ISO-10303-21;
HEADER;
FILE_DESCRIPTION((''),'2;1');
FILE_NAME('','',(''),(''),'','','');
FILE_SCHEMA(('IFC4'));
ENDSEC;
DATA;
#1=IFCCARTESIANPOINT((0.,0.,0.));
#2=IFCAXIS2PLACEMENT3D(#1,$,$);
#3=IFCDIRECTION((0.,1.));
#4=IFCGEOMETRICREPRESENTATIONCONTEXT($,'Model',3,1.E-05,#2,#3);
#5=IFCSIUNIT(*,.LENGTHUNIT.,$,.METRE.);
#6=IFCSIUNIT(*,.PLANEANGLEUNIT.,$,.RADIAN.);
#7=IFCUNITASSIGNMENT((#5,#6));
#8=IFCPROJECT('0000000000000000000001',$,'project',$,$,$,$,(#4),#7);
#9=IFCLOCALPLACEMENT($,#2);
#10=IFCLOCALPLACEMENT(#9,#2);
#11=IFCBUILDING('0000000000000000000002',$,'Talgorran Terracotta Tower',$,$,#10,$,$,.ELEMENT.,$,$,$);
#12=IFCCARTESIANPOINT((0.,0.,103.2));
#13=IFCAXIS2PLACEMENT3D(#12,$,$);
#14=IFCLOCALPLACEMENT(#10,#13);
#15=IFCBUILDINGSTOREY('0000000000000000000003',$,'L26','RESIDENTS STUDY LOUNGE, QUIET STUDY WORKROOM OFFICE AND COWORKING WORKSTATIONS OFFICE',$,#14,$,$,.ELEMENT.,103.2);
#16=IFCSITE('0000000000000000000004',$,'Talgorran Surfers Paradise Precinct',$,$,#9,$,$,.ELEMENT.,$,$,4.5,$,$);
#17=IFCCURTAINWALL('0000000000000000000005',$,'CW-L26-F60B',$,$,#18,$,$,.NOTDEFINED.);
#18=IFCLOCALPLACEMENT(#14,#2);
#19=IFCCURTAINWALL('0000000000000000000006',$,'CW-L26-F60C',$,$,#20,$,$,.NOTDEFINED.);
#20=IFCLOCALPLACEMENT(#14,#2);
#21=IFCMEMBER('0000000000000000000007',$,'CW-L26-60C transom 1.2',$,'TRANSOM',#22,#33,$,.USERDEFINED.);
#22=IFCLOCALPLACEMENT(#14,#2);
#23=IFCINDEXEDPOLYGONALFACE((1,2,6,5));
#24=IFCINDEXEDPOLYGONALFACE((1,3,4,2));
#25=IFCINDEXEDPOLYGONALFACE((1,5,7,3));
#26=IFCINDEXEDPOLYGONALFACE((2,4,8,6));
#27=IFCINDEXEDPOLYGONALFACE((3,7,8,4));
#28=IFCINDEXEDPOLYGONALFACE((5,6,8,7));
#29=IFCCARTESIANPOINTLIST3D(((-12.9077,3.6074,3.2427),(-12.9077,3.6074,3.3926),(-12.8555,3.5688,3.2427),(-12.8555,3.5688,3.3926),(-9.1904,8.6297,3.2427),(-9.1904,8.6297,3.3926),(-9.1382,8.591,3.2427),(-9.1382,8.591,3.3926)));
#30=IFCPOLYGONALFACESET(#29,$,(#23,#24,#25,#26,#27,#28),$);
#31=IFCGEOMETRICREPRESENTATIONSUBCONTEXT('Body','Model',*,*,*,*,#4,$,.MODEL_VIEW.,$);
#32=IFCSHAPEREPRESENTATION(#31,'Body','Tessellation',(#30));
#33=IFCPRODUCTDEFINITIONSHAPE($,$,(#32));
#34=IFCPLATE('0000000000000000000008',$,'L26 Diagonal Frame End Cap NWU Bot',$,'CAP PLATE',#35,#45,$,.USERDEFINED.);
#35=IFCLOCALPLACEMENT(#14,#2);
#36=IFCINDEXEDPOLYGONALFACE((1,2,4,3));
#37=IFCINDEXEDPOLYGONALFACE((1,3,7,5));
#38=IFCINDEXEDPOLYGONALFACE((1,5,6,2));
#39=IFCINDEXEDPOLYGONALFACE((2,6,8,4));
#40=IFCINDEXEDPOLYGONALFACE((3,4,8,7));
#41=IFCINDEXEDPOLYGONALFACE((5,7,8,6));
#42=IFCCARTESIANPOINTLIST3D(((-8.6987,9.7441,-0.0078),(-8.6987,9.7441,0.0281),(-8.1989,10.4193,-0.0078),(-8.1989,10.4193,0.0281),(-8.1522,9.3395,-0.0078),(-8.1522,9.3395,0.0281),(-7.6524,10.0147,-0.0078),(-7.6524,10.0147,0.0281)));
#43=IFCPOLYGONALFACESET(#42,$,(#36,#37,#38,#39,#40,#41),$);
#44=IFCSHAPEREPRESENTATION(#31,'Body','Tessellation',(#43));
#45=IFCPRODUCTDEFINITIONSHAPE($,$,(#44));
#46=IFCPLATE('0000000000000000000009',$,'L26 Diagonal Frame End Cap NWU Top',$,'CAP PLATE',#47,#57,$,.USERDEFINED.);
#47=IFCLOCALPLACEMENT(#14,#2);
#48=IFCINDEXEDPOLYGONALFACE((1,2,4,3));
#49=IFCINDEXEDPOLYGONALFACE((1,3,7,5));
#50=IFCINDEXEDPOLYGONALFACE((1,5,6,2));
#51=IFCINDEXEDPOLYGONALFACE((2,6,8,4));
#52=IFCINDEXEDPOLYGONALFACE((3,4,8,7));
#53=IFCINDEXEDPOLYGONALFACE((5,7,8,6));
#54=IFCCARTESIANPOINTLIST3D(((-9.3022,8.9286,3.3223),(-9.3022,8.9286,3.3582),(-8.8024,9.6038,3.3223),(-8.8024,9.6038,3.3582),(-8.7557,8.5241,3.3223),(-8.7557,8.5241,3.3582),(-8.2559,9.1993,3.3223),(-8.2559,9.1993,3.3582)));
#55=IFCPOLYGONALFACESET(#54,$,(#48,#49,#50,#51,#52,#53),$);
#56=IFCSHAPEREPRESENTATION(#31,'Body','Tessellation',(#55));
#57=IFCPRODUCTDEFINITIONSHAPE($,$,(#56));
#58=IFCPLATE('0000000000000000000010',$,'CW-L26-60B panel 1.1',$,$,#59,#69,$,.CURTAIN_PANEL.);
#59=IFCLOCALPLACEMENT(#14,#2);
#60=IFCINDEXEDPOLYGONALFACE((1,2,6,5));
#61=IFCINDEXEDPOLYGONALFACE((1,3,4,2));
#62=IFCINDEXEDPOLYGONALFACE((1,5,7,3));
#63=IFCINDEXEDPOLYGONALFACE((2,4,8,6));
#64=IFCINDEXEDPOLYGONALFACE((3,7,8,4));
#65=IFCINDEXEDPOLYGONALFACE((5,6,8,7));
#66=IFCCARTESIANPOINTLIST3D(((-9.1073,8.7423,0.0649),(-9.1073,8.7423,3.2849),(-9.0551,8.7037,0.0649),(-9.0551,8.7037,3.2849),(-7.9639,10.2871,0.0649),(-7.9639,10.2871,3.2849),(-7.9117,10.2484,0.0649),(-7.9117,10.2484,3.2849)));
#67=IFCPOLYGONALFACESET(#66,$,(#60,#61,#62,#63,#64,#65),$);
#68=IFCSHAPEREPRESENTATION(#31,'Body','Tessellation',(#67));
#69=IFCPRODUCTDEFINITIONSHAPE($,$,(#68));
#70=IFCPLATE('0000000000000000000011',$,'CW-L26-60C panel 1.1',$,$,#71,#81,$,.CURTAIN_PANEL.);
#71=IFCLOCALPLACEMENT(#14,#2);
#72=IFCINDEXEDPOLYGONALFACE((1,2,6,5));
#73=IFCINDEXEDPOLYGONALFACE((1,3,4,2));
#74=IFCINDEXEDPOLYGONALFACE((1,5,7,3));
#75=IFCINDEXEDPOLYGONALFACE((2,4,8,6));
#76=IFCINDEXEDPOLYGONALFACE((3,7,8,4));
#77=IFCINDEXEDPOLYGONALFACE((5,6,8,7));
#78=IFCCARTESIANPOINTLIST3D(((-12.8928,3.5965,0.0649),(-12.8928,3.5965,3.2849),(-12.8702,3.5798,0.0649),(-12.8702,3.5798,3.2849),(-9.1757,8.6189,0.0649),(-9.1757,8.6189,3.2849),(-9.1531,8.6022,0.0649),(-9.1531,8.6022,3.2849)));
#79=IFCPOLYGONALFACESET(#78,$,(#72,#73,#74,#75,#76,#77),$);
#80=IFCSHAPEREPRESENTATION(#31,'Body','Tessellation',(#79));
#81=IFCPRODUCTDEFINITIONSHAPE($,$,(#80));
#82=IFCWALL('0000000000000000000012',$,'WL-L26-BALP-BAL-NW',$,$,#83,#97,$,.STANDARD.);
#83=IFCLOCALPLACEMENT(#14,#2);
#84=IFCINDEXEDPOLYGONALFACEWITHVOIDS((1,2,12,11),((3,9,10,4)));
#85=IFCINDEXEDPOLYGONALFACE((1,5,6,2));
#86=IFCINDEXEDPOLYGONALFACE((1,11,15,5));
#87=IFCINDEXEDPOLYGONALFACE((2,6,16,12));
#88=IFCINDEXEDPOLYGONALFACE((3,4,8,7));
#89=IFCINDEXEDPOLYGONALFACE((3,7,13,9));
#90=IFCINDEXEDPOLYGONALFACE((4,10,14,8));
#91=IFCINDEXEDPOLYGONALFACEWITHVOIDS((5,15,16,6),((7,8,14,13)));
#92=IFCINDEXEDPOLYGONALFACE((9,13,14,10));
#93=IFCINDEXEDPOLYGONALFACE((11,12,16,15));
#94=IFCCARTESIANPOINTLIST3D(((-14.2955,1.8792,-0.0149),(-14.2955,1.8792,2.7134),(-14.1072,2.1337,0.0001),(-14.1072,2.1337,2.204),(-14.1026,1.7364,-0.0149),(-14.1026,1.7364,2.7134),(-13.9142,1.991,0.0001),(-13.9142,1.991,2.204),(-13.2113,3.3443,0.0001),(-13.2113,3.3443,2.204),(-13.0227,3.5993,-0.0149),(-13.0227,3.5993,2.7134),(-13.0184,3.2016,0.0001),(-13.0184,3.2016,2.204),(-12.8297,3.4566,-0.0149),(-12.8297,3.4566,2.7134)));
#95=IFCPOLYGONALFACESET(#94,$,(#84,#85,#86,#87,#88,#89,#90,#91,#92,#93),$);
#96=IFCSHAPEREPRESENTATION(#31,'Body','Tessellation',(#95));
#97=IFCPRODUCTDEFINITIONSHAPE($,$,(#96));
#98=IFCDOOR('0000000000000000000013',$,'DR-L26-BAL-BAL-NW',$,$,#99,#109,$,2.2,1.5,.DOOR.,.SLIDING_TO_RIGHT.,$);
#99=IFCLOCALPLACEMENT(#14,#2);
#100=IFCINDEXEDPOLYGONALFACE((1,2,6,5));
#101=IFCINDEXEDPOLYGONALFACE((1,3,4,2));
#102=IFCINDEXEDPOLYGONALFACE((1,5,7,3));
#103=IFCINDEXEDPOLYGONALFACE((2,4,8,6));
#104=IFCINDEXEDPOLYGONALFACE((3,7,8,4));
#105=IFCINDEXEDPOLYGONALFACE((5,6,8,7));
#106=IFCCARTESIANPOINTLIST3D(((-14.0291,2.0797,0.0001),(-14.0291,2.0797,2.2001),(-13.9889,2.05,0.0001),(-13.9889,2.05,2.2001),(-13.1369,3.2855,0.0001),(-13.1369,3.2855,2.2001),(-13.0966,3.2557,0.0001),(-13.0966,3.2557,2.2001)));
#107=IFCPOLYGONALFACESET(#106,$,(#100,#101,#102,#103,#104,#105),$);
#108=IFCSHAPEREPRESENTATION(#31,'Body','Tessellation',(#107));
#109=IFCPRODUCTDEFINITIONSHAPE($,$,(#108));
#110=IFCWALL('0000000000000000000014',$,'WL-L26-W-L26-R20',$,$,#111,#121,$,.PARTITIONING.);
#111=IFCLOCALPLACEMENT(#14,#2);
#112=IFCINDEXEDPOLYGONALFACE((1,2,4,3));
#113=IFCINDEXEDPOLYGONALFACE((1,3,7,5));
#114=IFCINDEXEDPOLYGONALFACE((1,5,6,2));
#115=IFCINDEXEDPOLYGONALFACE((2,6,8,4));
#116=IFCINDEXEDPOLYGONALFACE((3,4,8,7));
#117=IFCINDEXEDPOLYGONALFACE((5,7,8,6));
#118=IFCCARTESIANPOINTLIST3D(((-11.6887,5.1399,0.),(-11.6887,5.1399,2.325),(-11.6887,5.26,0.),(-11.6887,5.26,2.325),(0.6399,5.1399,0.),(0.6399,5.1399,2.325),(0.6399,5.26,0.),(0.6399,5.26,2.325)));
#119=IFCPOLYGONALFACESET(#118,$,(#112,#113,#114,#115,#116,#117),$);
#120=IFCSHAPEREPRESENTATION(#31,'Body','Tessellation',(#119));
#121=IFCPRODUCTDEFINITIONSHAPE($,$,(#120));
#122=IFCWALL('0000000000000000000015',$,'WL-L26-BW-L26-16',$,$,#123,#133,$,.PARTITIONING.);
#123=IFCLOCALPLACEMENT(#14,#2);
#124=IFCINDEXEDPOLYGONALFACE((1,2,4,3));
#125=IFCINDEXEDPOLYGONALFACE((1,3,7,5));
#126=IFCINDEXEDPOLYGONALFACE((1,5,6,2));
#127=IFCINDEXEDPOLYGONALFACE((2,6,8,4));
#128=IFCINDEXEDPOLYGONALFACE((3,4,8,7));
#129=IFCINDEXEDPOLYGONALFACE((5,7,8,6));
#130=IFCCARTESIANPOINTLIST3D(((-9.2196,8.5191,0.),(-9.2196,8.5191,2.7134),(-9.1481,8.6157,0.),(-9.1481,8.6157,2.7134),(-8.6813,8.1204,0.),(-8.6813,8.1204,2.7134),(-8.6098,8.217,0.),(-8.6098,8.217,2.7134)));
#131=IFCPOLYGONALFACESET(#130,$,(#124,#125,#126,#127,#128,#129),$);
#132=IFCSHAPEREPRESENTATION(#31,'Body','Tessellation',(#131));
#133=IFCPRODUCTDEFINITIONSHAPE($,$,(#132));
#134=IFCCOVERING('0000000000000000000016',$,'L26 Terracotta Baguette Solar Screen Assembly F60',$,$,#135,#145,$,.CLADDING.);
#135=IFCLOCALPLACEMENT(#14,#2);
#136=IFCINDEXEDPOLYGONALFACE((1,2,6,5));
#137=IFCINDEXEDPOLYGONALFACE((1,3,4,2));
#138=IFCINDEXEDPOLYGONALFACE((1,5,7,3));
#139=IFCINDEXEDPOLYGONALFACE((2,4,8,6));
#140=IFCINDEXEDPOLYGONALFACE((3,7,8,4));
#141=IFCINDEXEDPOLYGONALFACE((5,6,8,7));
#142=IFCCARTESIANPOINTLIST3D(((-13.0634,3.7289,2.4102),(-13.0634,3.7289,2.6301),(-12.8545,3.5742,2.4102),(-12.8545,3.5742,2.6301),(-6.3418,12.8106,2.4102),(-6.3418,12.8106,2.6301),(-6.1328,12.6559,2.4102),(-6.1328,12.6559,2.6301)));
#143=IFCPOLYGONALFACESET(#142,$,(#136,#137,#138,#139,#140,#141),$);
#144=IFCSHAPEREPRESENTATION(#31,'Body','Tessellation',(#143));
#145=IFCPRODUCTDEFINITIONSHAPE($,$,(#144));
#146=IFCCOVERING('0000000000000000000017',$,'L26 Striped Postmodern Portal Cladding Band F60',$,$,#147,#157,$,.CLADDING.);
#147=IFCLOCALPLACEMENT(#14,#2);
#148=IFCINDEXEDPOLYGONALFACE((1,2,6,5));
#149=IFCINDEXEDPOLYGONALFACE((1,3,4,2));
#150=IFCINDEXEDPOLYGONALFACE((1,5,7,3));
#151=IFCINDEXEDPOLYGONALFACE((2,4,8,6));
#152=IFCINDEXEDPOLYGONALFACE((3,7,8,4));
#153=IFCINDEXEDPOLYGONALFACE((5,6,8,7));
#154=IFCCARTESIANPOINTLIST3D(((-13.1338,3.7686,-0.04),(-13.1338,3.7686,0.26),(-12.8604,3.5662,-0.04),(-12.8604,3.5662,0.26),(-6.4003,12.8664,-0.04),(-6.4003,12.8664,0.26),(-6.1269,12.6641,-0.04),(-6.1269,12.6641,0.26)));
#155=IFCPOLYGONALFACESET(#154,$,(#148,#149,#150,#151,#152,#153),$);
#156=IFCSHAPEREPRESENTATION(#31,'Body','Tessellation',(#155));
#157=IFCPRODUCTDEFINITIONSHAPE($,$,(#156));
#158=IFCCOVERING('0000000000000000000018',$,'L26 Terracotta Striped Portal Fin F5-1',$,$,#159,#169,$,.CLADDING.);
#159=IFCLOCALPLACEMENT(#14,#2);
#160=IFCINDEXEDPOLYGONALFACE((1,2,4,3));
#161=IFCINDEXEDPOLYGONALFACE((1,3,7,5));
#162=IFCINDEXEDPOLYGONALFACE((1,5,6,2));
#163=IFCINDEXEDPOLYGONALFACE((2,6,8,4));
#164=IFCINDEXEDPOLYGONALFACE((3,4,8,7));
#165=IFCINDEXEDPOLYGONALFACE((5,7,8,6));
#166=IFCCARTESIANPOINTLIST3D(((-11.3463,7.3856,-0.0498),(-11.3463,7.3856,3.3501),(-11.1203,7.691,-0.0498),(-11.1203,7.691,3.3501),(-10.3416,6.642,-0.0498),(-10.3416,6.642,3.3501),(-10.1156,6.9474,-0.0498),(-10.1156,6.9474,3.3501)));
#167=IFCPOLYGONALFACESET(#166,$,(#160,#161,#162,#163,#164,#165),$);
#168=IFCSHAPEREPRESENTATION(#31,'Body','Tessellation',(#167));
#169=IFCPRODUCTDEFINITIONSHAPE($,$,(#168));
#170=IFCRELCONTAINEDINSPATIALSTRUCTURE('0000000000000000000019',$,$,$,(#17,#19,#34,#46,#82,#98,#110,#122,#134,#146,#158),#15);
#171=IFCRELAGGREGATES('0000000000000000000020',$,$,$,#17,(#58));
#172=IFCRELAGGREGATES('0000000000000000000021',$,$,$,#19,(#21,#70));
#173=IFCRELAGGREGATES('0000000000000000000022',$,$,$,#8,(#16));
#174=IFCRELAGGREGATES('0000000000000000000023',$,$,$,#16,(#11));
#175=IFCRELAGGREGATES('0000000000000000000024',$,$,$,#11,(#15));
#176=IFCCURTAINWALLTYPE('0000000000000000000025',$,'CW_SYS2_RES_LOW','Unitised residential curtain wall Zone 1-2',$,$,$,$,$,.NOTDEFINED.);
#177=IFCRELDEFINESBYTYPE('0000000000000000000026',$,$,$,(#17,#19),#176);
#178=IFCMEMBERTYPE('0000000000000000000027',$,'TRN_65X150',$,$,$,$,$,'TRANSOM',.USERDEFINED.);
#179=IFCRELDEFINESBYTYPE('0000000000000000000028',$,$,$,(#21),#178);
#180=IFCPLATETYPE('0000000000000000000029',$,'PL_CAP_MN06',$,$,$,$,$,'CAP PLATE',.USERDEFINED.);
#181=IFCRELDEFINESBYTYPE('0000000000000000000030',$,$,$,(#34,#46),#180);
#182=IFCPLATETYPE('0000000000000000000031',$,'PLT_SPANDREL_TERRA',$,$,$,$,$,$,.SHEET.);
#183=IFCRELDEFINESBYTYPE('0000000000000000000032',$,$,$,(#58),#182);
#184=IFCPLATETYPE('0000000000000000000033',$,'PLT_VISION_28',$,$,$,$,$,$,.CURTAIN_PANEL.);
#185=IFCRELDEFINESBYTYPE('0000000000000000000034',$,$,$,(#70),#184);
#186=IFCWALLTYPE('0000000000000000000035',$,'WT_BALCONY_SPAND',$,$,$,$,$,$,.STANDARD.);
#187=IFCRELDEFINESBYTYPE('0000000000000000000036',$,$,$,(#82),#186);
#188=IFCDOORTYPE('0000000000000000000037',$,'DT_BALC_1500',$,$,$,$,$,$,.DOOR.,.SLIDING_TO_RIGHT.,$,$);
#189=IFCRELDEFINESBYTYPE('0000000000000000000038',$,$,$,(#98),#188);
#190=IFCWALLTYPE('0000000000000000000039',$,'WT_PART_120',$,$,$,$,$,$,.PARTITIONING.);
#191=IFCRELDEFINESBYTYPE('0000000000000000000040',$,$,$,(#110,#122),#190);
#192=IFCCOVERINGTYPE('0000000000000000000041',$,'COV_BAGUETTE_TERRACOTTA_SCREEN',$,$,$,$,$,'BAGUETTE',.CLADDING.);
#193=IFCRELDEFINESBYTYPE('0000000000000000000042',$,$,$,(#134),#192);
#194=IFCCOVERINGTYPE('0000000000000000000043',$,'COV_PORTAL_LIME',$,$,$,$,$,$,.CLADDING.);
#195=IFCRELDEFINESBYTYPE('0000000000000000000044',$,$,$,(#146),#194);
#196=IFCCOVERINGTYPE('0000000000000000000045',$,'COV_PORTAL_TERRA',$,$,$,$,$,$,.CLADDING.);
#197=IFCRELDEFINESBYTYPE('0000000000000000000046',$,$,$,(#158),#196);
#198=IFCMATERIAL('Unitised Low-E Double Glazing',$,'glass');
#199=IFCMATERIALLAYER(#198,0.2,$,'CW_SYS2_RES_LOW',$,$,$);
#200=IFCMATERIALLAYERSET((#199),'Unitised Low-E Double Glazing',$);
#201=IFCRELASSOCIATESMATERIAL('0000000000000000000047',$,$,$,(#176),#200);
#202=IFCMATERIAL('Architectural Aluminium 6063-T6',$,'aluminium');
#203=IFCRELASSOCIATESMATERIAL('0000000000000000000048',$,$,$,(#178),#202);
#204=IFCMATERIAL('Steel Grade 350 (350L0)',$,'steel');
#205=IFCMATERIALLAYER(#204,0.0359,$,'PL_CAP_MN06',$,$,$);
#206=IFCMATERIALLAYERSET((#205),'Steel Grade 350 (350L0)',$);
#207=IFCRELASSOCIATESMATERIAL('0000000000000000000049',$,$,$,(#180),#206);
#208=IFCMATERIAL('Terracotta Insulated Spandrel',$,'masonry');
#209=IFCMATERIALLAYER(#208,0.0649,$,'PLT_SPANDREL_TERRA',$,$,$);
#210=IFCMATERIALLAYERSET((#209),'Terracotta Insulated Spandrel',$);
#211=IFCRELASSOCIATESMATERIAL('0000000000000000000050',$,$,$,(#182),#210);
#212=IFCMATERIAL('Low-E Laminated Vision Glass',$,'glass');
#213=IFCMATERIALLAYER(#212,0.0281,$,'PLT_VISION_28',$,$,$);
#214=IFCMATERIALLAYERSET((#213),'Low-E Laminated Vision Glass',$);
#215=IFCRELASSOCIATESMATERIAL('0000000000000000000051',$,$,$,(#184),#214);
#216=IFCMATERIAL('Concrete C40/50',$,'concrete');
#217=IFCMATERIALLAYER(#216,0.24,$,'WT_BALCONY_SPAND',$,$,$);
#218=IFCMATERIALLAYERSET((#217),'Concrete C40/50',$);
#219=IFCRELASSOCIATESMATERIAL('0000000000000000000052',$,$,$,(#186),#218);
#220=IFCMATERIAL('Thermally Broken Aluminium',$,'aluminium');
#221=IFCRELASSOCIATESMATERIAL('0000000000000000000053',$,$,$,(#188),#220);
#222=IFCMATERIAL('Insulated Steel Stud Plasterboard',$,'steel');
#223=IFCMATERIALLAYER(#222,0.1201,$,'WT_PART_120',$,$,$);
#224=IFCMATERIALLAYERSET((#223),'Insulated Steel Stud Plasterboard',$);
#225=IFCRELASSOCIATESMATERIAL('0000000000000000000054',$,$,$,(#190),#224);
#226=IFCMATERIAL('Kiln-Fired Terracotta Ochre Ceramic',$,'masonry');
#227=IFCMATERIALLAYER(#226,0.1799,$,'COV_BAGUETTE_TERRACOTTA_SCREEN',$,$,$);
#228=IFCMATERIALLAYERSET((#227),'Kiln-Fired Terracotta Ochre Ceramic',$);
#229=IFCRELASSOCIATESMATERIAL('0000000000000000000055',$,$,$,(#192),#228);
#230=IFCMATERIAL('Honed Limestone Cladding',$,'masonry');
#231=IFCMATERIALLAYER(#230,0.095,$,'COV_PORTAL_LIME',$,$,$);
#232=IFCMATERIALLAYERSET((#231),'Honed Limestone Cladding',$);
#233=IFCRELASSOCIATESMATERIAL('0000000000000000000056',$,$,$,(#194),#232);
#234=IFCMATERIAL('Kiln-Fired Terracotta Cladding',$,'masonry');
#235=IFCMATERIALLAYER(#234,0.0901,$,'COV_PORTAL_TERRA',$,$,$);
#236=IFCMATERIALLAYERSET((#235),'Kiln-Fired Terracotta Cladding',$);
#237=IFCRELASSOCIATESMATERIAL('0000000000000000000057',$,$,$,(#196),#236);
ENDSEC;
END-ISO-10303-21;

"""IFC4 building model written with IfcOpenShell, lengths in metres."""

from ifc_helpers import new_model, si_unit, direction, frame, frame_2d, origin, origin_2d, place, context, subcontext, project, spatial, rectangle, extrude, source, transform, mapped, material, layer, layer_set, material_profile, profile_set, type_object, type_shapes, element, fill, aggregate, save


model = new_model("IFC4")

# Units and contexts
model_context = context("Model", 3, precision=1e-05, world=origin(), true_north=direction((0.0, 1.0)))
body_context = subcontext(model_context, "Body", "Model", "MODEL_VIEW")
ifc_project = project(units=[si_unit("LENGTHUNIT", "METRE"), si_unit("PLANEANGLEUNIT", "RADIAN")], contexts=[model_context])

# Site, building, storey
site_placement = place(None, origin())
site = spatial("IfcSite", under=ifc_project, at=site_placement, Name="Talgorran Surfers Paradise Precinct", CompositionType="ELEMENT", RefElevation=4.5)
building_placement = place(site_placement, origin())
building = spatial("IfcBuilding", under=site, at=building_placement, Name="Talgorran Terracotta Tower", CompositionType="ELEMENT")
storey_placement = place(building_placement, frame((0.0, 0.0, 103.2)))
storey = spatial("IfcBuildingStorey", under=building, at=storey_placement, Name="L26", Description="RESIDENTS STUDY LOUNGE, QUIET STUDY WORKROOM OFFICE AND COWORKING WORKSTATIONS OFFICE", CompositionType="ELEMENT", Elevation=103.2)

# Shared definitions
ifc_material_1 = material(Name="Steel Grade 350 (350L0)", Category="steel")

# Curtain wall
ifc_material_2 = material(Name="Unitised Low-E Double Glazing", Category="glass")
ifc_layer_1 = layer(ifc_material_2, 0.2, Name="CW_SYS2_RES_LOW")
ifc_layer_set_1 = layer_set([ifc_layer_1], Name="Unitised Low-E Double Glazing")
curtain_wall_type = type_object("IfcCurtainWallType", Name="CW_SYS2_RES_LOW", Description="Unitised residential curtain wall Zone 1-2", PredefinedType="NOTDEFINED", material=ifc_layer_set_1)
curtain_wall_1_placement = place(storey_placement, origin())
curtain_wall_1 = element("IfcCurtainWall", 1, at=curtain_wall_1_placement, inside=storey, type_object=curtain_wall_type, Name="CW-L26-F60B", PredefinedType="NOTDEFINED")
ifc_material_3 = material(Name="Architectural Aluminium 6063-T6", Category="aluminium")

# Curtain wall
curtain_wall_2_placement = place(storey_placement, origin())
curtain_wall_2 = element("IfcCurtainWall", 2, at=curtain_wall_2_placement, inside=storey, type_object=curtain_wall_type, Name="CW-L26-F60C", PredefinedType="NOTDEFINED")

# Member
ifc_material_profile_1 = material_profile(ifc_material_3, rectangle(XDim=0.0649, YDim=0.1499, at=origin_2d()), Name="CWT65X150")
ifc_profile_set_1 = profile_set([ifc_material_profile_1], Name="Architectural Aluminium 6063-T6")
member_type_1 = type_object("IfcMemberType", Name="TRN_65X150", ElementType="TRANSOM", PredefinedType="USERDEFINED", material=ifc_profile_set_1)
member_1_placement = place(storey_placement, frame((-9.1643, 8.6104, 3.3176), z_axis=(-0.59493, -0.803777, 0.0), x_axis=(0.803777, -0.59493, 0.0)))
member_1 = element("IfcMember", 3, at=member_1_placement, type_object=member_type_1, Name="CW-L26-60C transom 1.2", ObjectType="TRANSOM", PredefinedType="USERDEFINED", context=body_context, shape_type="SweptSolid", body=[
    extrude(rectangle(XDim=0.0649, YDim=0.1499, at=origin_2d()), origin(), (0.0, 0.0, 1.0), 6.2483),
])

# Plates
ifc_layer_2 = layer(ifc_material_1, 0.0359, Name="PL_CAP_MN06")
ifc_layer_set_2 = layer_set([ifc_layer_2], Name="Steel Grade 350 (350L0)")
plate_type_1 = type_object("IfcPlateType", Name="PL_CAP_MN06", ElementType="CAP PLATE", PredefinedType="USERDEFINED", material=ifc_layer_set_2)
for number, where, z_axis, x_axis, name in (
    (4, (-8.1755, 9.8794, -0.0078), (0.0, 0.0, 1.0), (-0.594963, -0.803753, 0.0), "L26 Diagonal Frame End Cap NWU Bot"),
    (5, (-8.7791, 9.064, 3.3223), (0.0, 0.0, 1.0), (-0.594963, -0.803753, 0.0), "L26 Diagonal Frame End Cap NWU Top"),
):
    element("IfcPlate", number, at=place(storey_placement, frame(where, z_axis=z_axis, x_axis=x_axis)), inside=storey, type_object=plate_type_1, Name=name, ObjectType="CAP PLATE", PredefinedType="USERDEFINED", context=body_context, shape_type="SweptSolid", body=[
        extrude(rectangle(XDim=0.8401, YDim=0.6799, at=origin_2d()), origin(), (0.0, 0.0, 1.0), 0.0359),
    ])

# Plates
ifc_material_4 = material(Name="Terracotta Insulated Spandrel", Category="masonry")
ifc_layer_3 = layer(ifc_material_4, 0.0649, Name="PLT_SPANDREL_TERRA")
ifc_layer_set_3 = layer_set([ifc_layer_3], Name="Terracotta Insulated Spandrel")
plate_type_2 = type_object("IfcPlateType", Name="PLT_SPANDREL_TERRA", PredefinedType="SHEET", material=ifc_layer_set_3)
shared_shape_1 = source(origin(), body_context, "Body", "SweptSolid", [
    extrude(rectangle(XDim=1.9219, YDim=0.0649, at=origin_2d()), origin(), (0.0, 0.0, 1.0), 3.22),
])
type_shapes(plate_type_2, [shared_shape_1])
plate_1_placement = place(storey_placement, frame((-8.5095, 9.4954, 0.0649), z_axis=(0.0, 0.0, 1.0), x_axis=(-0.594912, -0.803791, 0.0)))
plate_1 = element("IfcPlate", 6, at=plate_1_placement, type_object=plate_type_2, Name="CW-L26-60B panel 1.1", PredefinedType="CURTAIN_PANEL", context=body_context, shape_type="MappedRepresentation", body=[
    mapped(shared_shape_1, transform((0.0, 0.0, 0.0), scale=1.0)),
])
aggregate(curtain_wall_1, [plate_1])
ifc_material_5 = material(Name="Low-E Laminated Vision Glass", Category="glass")
ifc_layer_4 = layer(ifc_material_5, 0.0281, Name="PLT_VISION_28")
ifc_layer_set_4 = layer_set([ifc_layer_4], Name="Low-E Laminated Vision Glass")
plate_type_3 = type_object("IfcPlateType", Name="PLT_VISION_28", PredefinedType="CURTAIN_PANEL", material=ifc_layer_set_4)
shared_shape_2 = source(origin(), body_context, "Body", "SweptSolid", [
    extrude(rectangle(XDim=6.2483, YDim=0.0281, at=origin_2d()), origin(), (0.0, 0.0, 1.0), 3.22),
])
type_shapes(plate_type_3, [shared_shape_2])
plate_2_placement = place(storey_placement, frame((-11.0229, 6.0994, 0.0649), z_axis=(0.0, 0.0, 1.0), x_axis=(-0.594903, -0.803797, 0.0)))
plate_2 = element("IfcPlate", 7, at=plate_2_placement, type_object=plate_type_3, Name="CW-L26-60C panel 1.1", PredefinedType="CURTAIN_PANEL", context=body_context, shape_type="MappedRepresentation", body=[
    mapped(shared_shape_2, transform((0.0, 0.0, 0.0), scale=1.0)),
])
aggregate(curtain_wall_2, [member_1, plate_2])

# Wall, opening, door
ifc_material_6 = material(Name="Concrete C40/50", Category="concrete")
ifc_layer_5 = layer(ifc_material_6, 0.24, Name="WT_BALCONY_SPAND")
ifc_layer_set_5 = layer_set([ifc_layer_5], Name="Concrete C40/50")
wall_type_1 = type_object("IfcWallType", Name="WT_BALCONY_SPAND", PredefinedType="STANDARD", material=ifc_layer_set_5)
wall_1_placement = place(storey_placement, frame((-12.9263, 3.5278, -0.0149), z_axis=(0.0, 0.0, 1.0), x_axis=(-0.59484, -0.803844, 0.0)))
wall_1 = element("IfcWall", 8, at=wall_1_placement, inside=storey, type_object=wall_type_1, Name="WL-L26-BALP-BAL-NW", PredefinedType="STANDARD", context=body_context, shape_type="SweptSolid", body=[
    extrude(rectangle(XDim=2.1399, YDim=0.24, at=frame_2d((1.0698, 0.0))), origin(), (0.0, 0.0, 1.0), 2.7283),
])
opening_placement = place(wall_1_placement, frame((0.3201, 0.0, 0.0149)))
opening = element("IfcOpeningElement", 9, at=opening_placement, cuts=wall_1, PredefinedType="OPENING", context=body_context, shape_type="SweptSolid", body=[
    extrude(rectangle(XDim=1.506, YDim=2.204, at=frame_2d((0.75, 1.1021))), frame((0.0, 0.1299, 0.0), z_axis=(0.0, -1.0, 0.0), x_axis=(1.0, 0.0, 0.0)), (0.0, 0.0, 1.0), 0.26),
])
ifc_material_7 = material(Name="Thermally Broken Aluminium", Category="aluminium")
door_type = type_object("IfcDoorType", Name="DT_BALC_1500", OperationType="SLIDING_TO_RIGHT", PredefinedType="DOOR", material=ifc_material_7)
door_placement = place(opening_placement, origin())
door = element("IfcDoor", 10, at=door_placement, inside=storey, type_object=door_type, Name="DR-L26-BAL-BAL-NW", OperationType="SLIDING_TO_RIGHT", OverallHeight=2.2, OverallWidth=1.5, PredefinedType="DOOR", context=body_context, shape_type="SweptSolid", body=[
    extrude(rectangle(XDim=1.5, YDim=2.2, at=frame_2d((0.75, 1.1001))), frame((0.0, 0.0249, 0.0), z_axis=(0.0, -1.0, 0.0), x_axis=(1.0, 0.0, 0.0)), (0.0, 0.0, 1.0), 0.05),
])
fill(opening, door)

# Walls
ifc_material_8 = material(Name="Insulated Steel Stud Plasterboard", Category="steel")
ifc_layer_6 = layer(ifc_material_8, 0.1201, Name="WT_PART_120")
ifc_layer_set_6 = layer_set([ifc_layer_6], Name="Insulated Steel Stud Plasterboard")
wall_type_2 = type_object("IfcWallType", Name="WT_PART_120", PredefinedType="PARTITIONING", material=ifc_layer_set_6)
wall_2_placement = place(storey_placement, frame((-11.6887, 5.2, 0.0), z_axis=(0.0, 0.0, 1.0), x_axis=(1.0, 0.0, 0.0)))
element("IfcWall", 11, at=wall_2_placement, inside=storey, type_object=wall_type_2, Name="WL-L26-W-L26-R20", PredefinedType="PARTITIONING", context=body_context, shape_type="SweptSolid", body=[
    extrude(rectangle(XDim=12.3286, YDim=0.1201, at=frame_2d((6.1643, 0.0))), origin(), (0.0, 0.0, 1.0), 2.325),
])
wall_3_placement = place(storey_placement, frame((-8.6455, 8.1687, 0.0), z_axis=(0.0, 0.0, 1.0), x_axis=(-0.803615, 0.595149, 0.0)))
element("IfcWall", 12, at=wall_3_placement, inside=storey, type_object=wall_type_2, Name="WL-L26-BW-L26-16", PredefinedType="PARTITIONING", context=body_context, shape_type="SweptSolid", body=[
    extrude(rectangle(XDim=0.6699, YDim=0.1201, at=frame_2d((0.335, 0.0))), origin(), (0.0, 0.0, 1.0), 2.7134),
])

# Coverings
ifc_material_9 = material(Name="Kiln-Fired Terracotta Ochre Ceramic", Category="masonry")
ifc_layer_7 = layer(ifc_material_9, 0.1799, Name="COV_BAGUETTE_TERRACOTTA_SCREEN")
ifc_layer_set_7 = layer_set([ifc_layer_7], Name="Kiln-Fired Terracotta Ochre Ceramic")
covering_type_1 = type_object("IfcCoveringType", Name="COV_BAGUETTE_TERRACOTTA_SCREEN", ElementType="BAGUETTE", PredefinedType="CLADDING", material=ifc_layer_set_7)
covering_1_placement = place(storey_placement, frame((-9.5981, 8.1924, 2.4102), z_axis=(0.0, 0.0, 1.0), x_axis=(-0.594907, -0.803795, 0.0)))
element("IfcCovering", 13, at=covering_1_placement, inside=storey, type_object=covering_type_1, Name="L26 Terracotta Baguette Solar Screen Assembly F60", PredefinedType="CLADDING", context=body_context, shape_type="SweptSolid", body=[
    extrude(rectangle(XDim=11.2986, YDim=0.26, at=origin_2d()), origin(), (0.0, 0.0, 1.0), 0.22),
])
ifc_material_10 = material(Name="Honed Limestone Cladding", Category="masonry")
ifc_layer_8 = layer(ifc_material_10, 0.095, Name="COV_PORTAL_LIME")
ifc_layer_set_8 = layer_set([ifc_layer_8], Name="Honed Limestone Cladding")
covering_type_2 = type_object("IfcCoveringType", Name="COV_PORTAL_LIME", PredefinedType="CLADDING", material=ifc_layer_set_8)
covering_2_placement = place(storey_placement, frame((-9.6304, 8.2163, -0.04), z_axis=(0.0, 0.0, 1.0), x_axis=(-0.594907, -0.803795, 0.0)))
element("IfcCovering", 14, at=covering_2_placement, inside=storey, type_object=covering_type_2, Name="L26 Striped Postmodern Portal Cladding Band F60", PredefinedType="CLADDING", context=body_context, shape_type="SweptSolid", body=[
    extrude(rectangle(XDim=11.3186, YDim=0.3401, at=origin_2d()), origin(), (0.0, 0.0, 1.0), 0.3),
])
ifc_material_11 = material(Name="Kiln-Fired Terracotta Cladding", Category="masonry")
ifc_layer_9 = layer(ifc_material_11, 0.0901, Name="COV_PORTAL_TERRA")
ifc_layer_set_9 = layer_set([ifc_layer_9], Name="Kiln-Fired Terracotta Cladding")
covering_type_3 = type_object("IfcCoveringType", Name="COV_PORTAL_TERRA", PredefinedType="CLADDING", material=ifc_layer_set_9)
covering_3_placement = place(storey_placement, frame((-10.731, 7.1665, -0.0498), z_axis=(0.0, 0.0, 1.0), x_axis=(-0.594907, -0.803795, 0.0)))
element("IfcCovering", 15, at=covering_3_placement, inside=storey, type_object=covering_type_3, Name="L26 Terracotta Striped Portal Fin F5-1", PredefinedType="CLADDING", context=body_context, shape_type="SweptSolid", body=[
    extrude(rectangle(XDim=0.3799, YDim=1.25, at=origin_2d()), origin(), (0.0, 0.0, 1.0), 3.3999),
])

save(model, "model.ifc")
